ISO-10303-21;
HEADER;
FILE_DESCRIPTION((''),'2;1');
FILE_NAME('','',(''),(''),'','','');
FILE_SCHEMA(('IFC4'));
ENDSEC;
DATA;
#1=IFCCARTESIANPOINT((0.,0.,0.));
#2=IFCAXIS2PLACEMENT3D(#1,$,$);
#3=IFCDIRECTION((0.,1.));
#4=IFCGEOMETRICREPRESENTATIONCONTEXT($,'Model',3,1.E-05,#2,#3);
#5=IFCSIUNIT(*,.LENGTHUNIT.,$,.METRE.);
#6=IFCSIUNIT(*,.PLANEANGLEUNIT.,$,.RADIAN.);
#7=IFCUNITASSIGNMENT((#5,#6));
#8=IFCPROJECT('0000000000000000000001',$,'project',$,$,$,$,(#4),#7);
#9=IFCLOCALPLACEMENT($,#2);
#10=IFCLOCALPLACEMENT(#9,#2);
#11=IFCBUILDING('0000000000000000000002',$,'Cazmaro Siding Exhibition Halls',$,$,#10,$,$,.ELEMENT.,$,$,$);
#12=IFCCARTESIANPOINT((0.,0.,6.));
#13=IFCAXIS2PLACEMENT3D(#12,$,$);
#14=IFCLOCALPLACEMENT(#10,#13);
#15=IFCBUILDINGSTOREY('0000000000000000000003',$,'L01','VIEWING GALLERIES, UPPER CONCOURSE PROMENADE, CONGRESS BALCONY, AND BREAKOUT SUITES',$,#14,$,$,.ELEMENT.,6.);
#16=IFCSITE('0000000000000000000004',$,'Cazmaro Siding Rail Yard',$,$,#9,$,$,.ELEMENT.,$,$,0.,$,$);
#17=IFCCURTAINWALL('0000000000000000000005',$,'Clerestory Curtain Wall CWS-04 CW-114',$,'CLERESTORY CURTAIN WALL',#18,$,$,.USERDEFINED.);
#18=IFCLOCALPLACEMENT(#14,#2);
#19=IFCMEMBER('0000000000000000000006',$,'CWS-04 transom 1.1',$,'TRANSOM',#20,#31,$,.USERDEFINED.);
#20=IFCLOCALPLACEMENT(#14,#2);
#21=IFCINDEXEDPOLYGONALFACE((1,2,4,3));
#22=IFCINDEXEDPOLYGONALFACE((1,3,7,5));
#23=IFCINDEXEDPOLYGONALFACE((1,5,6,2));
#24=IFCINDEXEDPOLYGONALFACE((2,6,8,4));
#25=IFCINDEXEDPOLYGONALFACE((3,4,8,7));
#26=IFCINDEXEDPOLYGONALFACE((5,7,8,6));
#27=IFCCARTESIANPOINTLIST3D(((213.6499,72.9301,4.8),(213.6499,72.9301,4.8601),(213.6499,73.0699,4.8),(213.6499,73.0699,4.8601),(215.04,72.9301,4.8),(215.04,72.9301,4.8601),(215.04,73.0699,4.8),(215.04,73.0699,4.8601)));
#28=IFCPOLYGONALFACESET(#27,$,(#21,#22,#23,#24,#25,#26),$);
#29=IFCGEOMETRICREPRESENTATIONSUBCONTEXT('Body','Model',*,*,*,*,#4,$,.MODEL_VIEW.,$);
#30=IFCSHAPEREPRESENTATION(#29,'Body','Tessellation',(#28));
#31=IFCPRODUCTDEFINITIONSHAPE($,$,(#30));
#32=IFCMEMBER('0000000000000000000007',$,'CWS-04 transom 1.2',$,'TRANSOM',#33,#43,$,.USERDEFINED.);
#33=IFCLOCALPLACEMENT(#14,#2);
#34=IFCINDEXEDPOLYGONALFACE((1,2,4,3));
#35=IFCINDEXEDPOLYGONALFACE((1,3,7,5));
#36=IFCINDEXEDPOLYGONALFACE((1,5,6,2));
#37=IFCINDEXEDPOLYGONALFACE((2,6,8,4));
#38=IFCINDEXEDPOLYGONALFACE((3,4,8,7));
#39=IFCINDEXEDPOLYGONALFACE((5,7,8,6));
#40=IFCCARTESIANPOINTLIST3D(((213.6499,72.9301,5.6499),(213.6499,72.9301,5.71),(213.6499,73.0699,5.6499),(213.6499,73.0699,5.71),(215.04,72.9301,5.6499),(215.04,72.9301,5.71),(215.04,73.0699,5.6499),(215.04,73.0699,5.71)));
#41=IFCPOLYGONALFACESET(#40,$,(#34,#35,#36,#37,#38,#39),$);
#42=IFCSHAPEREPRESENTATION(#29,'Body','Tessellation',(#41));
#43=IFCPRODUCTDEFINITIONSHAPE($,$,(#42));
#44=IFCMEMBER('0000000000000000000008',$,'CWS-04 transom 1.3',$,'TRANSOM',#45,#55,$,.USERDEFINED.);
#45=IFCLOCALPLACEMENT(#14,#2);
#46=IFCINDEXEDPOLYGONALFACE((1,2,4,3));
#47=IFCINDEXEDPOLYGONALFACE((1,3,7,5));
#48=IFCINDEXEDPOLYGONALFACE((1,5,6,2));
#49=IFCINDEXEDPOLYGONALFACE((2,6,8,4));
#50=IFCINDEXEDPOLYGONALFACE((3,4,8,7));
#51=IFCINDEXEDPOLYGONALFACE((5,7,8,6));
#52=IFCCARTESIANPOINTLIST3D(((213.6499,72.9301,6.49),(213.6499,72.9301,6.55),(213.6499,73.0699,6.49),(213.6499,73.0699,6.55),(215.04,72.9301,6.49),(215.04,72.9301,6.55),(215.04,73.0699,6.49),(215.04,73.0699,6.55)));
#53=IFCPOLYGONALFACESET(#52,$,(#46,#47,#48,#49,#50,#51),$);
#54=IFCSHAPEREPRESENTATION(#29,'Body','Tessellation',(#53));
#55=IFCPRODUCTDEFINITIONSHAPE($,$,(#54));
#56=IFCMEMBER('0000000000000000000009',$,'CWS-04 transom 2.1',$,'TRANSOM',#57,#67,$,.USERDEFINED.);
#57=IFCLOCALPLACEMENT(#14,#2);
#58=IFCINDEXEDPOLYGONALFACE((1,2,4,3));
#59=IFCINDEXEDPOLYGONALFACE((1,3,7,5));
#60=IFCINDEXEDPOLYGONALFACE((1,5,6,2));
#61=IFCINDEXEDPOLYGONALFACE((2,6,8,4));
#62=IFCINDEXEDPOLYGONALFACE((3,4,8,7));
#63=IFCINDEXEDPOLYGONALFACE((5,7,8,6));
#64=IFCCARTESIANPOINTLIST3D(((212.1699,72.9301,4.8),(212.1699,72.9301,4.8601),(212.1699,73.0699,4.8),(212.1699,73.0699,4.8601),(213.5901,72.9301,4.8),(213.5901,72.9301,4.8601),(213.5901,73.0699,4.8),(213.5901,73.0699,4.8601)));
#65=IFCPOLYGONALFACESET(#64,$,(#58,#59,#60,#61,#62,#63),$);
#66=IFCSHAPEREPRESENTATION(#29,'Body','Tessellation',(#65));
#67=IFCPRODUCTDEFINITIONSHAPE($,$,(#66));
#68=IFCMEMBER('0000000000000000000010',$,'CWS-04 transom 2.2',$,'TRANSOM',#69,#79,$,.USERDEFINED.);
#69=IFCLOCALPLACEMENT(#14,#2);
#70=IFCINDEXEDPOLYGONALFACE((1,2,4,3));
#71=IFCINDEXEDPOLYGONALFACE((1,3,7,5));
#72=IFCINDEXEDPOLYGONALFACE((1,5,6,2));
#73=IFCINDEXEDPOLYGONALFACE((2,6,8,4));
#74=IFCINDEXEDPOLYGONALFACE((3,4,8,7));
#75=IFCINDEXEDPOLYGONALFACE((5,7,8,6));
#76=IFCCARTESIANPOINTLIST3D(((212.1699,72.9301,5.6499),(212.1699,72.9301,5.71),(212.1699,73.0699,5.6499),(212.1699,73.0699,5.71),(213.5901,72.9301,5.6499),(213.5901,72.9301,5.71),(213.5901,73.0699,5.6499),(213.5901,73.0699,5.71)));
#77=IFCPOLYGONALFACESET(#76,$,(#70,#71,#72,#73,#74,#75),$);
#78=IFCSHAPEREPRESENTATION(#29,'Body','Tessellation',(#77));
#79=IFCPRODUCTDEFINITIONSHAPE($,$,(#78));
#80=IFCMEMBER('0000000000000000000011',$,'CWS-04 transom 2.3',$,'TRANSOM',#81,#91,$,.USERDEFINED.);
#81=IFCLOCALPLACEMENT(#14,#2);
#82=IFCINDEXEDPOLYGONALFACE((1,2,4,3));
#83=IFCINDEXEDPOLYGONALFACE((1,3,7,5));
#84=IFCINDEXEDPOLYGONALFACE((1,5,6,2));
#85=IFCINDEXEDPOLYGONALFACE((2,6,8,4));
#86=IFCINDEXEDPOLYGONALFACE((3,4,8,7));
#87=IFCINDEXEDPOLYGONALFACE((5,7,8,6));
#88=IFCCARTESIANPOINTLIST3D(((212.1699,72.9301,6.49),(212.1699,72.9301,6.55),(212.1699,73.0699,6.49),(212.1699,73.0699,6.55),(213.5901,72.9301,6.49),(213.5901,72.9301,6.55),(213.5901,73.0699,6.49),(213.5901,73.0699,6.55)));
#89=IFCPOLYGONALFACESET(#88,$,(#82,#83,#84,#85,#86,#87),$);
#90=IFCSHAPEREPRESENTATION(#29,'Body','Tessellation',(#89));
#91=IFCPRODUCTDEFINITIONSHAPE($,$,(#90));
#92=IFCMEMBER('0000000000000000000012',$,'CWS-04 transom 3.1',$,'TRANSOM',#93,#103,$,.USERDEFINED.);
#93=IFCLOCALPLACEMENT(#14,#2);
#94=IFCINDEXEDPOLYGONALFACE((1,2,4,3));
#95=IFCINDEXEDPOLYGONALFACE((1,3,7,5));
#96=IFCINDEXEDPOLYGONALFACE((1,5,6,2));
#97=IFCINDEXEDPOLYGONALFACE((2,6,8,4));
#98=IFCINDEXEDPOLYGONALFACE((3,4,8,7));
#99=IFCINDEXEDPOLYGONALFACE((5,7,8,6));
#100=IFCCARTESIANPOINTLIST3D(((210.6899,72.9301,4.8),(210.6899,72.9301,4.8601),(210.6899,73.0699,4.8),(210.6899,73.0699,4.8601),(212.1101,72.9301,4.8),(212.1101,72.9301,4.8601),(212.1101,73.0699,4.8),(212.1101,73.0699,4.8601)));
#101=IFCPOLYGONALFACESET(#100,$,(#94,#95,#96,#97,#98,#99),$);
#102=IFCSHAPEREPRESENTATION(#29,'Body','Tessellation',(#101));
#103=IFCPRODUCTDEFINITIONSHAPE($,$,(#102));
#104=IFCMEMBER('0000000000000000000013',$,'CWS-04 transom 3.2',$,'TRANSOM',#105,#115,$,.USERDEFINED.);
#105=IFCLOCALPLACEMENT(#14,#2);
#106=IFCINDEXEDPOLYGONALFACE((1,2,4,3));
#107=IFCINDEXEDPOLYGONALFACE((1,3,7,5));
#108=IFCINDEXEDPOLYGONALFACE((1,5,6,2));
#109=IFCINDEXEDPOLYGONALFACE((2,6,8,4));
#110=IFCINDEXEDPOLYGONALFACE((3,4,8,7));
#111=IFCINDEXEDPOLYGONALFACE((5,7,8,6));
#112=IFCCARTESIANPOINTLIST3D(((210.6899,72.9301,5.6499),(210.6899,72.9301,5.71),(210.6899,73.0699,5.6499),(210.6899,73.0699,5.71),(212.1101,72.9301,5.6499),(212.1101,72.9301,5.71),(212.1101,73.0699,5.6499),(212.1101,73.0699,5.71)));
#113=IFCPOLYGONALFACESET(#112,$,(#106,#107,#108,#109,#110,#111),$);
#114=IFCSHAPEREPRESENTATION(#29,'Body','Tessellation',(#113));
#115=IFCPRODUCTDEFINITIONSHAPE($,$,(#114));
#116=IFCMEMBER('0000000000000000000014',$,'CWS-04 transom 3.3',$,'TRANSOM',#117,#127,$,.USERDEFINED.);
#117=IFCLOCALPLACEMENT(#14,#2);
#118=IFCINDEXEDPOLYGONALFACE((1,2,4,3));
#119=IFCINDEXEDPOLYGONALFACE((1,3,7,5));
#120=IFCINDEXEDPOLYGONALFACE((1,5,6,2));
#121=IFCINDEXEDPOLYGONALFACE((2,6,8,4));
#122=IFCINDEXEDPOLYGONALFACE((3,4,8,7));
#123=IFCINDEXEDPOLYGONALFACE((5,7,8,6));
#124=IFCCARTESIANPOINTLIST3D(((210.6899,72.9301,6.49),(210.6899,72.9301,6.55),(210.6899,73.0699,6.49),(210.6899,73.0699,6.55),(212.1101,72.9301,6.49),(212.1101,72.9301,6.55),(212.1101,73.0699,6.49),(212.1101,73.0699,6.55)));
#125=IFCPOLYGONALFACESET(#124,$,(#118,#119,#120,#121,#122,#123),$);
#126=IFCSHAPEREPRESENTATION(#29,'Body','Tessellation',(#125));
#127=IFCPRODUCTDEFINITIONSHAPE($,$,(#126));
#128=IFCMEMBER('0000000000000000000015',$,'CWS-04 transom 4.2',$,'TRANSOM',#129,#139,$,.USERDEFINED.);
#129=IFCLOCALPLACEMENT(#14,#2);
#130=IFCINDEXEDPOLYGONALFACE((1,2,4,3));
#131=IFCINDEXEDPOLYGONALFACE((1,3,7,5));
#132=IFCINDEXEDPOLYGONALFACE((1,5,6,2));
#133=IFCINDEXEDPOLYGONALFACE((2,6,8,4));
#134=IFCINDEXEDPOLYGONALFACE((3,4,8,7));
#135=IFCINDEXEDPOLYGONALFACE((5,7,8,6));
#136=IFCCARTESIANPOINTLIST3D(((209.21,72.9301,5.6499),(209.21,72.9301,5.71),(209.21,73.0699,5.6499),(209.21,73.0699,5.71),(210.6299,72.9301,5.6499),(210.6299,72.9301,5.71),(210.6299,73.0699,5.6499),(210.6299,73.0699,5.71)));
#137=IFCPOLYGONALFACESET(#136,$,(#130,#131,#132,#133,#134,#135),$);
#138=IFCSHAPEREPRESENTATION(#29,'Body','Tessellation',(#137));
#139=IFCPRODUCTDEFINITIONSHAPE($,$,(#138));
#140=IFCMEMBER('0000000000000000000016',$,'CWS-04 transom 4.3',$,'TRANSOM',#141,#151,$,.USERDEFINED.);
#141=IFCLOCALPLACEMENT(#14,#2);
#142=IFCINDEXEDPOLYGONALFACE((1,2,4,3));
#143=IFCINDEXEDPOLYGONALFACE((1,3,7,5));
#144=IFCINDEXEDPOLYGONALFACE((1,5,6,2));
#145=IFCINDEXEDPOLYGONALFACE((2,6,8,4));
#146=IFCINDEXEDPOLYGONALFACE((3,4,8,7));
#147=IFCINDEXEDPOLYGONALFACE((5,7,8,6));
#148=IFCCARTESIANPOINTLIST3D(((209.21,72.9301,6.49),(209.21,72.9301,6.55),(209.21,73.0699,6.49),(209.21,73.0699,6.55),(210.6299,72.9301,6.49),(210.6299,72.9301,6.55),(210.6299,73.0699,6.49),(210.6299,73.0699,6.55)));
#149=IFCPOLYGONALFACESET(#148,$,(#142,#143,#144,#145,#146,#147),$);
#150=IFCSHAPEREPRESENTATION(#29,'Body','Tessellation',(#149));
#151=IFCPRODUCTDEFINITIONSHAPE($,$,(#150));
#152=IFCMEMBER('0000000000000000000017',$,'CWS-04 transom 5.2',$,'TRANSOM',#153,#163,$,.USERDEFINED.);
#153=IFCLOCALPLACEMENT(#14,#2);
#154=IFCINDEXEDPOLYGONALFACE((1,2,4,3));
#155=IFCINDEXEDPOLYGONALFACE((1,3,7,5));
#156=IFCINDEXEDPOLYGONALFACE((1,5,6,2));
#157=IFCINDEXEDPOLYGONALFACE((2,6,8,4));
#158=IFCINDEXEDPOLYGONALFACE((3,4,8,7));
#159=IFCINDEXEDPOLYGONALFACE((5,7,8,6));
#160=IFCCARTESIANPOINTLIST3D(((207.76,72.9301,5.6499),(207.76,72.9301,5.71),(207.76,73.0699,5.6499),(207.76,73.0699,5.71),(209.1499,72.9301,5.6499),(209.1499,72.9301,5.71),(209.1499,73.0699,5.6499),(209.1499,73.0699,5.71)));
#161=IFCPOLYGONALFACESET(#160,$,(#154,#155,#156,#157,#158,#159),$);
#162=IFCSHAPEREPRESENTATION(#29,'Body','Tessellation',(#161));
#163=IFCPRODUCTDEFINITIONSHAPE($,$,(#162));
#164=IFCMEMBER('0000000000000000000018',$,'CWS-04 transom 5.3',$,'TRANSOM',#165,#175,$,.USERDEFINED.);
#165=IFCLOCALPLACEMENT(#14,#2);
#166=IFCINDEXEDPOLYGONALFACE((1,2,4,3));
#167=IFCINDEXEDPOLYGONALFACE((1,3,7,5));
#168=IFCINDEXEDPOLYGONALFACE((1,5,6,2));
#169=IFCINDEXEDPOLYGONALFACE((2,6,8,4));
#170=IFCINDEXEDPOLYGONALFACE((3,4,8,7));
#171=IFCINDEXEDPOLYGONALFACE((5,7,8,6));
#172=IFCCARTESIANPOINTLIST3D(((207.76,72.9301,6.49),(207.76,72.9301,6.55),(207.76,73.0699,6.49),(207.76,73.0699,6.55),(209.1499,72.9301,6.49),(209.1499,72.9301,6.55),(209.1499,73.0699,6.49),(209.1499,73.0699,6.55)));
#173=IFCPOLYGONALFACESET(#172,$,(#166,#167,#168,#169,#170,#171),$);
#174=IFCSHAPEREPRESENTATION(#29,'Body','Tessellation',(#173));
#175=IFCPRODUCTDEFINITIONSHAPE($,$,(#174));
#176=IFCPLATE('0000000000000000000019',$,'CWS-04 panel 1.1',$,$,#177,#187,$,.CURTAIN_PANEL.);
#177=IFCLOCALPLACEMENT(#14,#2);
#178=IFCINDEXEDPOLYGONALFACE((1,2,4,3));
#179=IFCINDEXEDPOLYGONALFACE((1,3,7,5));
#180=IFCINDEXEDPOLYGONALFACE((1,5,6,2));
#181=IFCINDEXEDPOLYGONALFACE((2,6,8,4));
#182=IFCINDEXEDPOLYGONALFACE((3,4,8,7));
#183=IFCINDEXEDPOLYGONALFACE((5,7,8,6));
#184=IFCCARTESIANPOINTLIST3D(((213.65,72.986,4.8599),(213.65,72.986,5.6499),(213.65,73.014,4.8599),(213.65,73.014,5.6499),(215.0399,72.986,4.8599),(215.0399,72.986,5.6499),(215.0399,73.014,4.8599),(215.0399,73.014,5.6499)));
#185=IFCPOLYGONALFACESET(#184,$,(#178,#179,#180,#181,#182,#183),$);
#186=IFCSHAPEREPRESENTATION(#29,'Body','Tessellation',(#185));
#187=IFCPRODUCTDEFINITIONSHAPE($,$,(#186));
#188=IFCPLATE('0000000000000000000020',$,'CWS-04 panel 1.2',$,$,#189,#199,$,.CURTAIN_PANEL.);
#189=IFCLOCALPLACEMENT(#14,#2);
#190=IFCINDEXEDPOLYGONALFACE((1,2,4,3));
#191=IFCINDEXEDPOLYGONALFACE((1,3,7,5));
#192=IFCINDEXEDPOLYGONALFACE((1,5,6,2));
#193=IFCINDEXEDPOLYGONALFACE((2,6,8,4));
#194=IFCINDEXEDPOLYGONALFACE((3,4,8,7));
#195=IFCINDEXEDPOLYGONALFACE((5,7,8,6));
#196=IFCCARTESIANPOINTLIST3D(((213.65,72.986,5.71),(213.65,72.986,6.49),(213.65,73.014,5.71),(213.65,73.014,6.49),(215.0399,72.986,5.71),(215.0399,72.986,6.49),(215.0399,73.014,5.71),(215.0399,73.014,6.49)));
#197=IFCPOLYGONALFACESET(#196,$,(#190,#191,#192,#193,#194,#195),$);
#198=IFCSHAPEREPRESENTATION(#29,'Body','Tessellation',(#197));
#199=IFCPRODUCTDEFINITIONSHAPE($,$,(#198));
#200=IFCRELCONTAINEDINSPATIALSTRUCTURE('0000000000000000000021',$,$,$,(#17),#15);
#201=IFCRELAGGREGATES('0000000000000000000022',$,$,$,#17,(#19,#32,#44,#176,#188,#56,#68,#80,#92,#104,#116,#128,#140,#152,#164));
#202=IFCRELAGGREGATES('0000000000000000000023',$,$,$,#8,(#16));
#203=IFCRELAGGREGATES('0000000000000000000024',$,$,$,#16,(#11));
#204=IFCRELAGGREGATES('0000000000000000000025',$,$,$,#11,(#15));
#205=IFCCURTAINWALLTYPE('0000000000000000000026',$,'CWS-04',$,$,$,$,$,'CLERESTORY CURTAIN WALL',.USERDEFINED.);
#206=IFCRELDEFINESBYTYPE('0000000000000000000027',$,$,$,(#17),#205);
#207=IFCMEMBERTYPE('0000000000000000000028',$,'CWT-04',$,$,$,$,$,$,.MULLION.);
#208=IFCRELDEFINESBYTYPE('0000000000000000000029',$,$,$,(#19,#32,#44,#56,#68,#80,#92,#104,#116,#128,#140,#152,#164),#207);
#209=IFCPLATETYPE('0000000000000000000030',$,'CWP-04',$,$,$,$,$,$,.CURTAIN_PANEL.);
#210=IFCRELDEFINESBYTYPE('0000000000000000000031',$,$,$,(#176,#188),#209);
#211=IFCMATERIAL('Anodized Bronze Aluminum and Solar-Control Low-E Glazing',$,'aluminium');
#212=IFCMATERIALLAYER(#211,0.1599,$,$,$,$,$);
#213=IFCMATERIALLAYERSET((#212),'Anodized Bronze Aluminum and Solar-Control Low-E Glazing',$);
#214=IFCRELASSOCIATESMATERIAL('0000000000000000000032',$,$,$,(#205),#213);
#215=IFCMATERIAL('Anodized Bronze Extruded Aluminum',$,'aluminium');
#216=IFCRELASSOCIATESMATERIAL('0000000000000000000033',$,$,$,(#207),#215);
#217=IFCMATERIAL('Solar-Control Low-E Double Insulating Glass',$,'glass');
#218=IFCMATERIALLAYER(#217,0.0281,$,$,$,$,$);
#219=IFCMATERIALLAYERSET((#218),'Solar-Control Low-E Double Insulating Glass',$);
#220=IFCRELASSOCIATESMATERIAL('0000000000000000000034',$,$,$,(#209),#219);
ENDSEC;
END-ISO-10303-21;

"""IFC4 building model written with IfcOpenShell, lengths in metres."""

from ifc_helpers import new_model, si_unit, direction, frame, origin, origin_2d, place, context, subcontext, project, spatial, rectangle, extrude, material, layer, layer_set, material_profile, profile_set, type_object, element, aggregate, save


model = new_model("IFC4")

# Units and contexts
model_context = context("Model", 3, precision=1e-05, world=origin(), true_north=direction((0.0, 1.0)))
body_context = subcontext(model_context, "Body", "Model", "MODEL_VIEW")
ifc_project = project(units=[si_unit("LENGTHUNIT", "METRE"), si_unit("PLANEANGLEUNIT", "RADIAN")], contexts=[model_context])

# Site, building, storey
site_placement = place(None, origin())
site = spatial("IfcSite", under=ifc_project, at=site_placement, Name="Cazmaro Siding Rail Yard", CompositionType="ELEMENT", RefElevation=0.0)
building_placement = place(site_placement, origin())
building = spatial("IfcBuilding", under=site, at=building_placement, Name="Cazmaro Siding Exhibition Halls", CompositionType="ELEMENT")
storey_placement = place(building_placement, frame((0.0, 0.0, 6.0)))
storey = spatial("IfcBuildingStorey", under=building, at=storey_placement, Name="L01", Description="VIEWING GALLERIES, UPPER CONCOURSE PROMENADE, CONGRESS BALCONY, AND BREAKOUT SUITES", CompositionType="ELEMENT", Elevation=6.0)

# Curtain wall, members, plates
ifc_material_1 = material(Name="Anodized Bronze Aluminum and Solar-Control Low-E Glazing", Category="aluminium")
ifc_layer_1 = layer(ifc_material_1, 0.1599)
ifc_layer_set_1 = layer_set([ifc_layer_1], Name="Anodized Bronze Aluminum and Solar-Control Low-E Glazing")
curtain_wall_type = type_object("IfcCurtainWallType", Name="CWS-04", ElementType="CLERESTORY CURTAIN WALL", PredefinedType="USERDEFINED", material=ifc_layer_set_1)
curtain_wall_placement = place(storey_placement, origin())
curtain_wall = element("IfcCurtainWall", 1, at=curtain_wall_placement, inside=storey, type_object=curtain_wall_type, Name="Clerestory Curtain Wall CWS-04 CW-114", ObjectType="CLERESTORY CURTAIN WALL", PredefinedType="USERDEFINED")
ifc_material_2 = material(Name="Anodized Bronze Extruded Aluminum", Category="aluminium")
ifc_material_profile = material_profile(ifc_material_2, rectangle(XDim=0.1399, YDim=0.0601, at=origin_2d()), Name="CWT-04")
ifc_profile_set = profile_set([ifc_material_profile], Name="Anodized Bronze Extruded Aluminum")
member_type = type_object("IfcMemberType", Name="CWT-04", PredefinedType="MULLION", material=ifc_profile_set)
member_1_placement = place(storey_placement, frame((215.04, 73.0, 4.8301), z_axis=(-1.0, 0.0, 0.0), x_axis=(0.0, -1.0, 0.0)))
member_1 = element("IfcMember", 2, at=member_1_placement, type_object=member_type, Name="CWS-04 transom 1.1", ObjectType="TRANSOM", PredefinedType="USERDEFINED", context=body_context, shape_type="SweptSolid", body=[
    extrude(rectangle(XDim=0.1399, YDim=0.0601, at=origin_2d()), origin(), (0.0, 0.0, 1.0), 1.3901),
])
member_2_placement = place(storey_placement, frame((215.04, 73.0, 5.6799), z_axis=(-1.0, 0.0, 0.0), x_axis=(0.0, -1.0, 0.0)))
member_2 = element("IfcMember", 3, at=member_2_placement, type_object=member_type, Name="CWS-04 transom 1.2", ObjectType="TRANSOM", PredefinedType="USERDEFINED", context=body_context, shape_type="SweptSolid", body=[
    extrude(rectangle(XDim=0.1399, YDim=0.0601, at=origin_2d()), origin(), (0.0, 0.0, 1.0), 1.3901),
])
member_3_placement = place(storey_placement, frame((215.04, 73.0, 6.52), z_axis=(-1.0, 0.0, 0.0), x_axis=(0.0, -1.0, 0.0)))
member_3 = element("IfcMember", 4, at=member_3_placement, type_object=member_type, Name="CWS-04 transom 1.3", ObjectType="TRANSOM", PredefinedType="USERDEFINED", context=body_context, shape_type="SweptSolid", body=[
    extrude(rectangle(XDim=0.1399, YDim=0.0601, at=origin_2d()), origin(), (0.0, 0.0, 1.0), 1.3901),
])
member_4_placement = place(storey_placement, frame((213.5901, 73.0, 4.8301), z_axis=(-1.0, 0.0, 0.0), x_axis=(0.0, -1.0, 0.0)))
member_4 = element("IfcMember", 5, at=member_4_placement, type_object=member_type, Name="CWS-04 transom 2.1", ObjectType="TRANSOM", PredefinedType="USERDEFINED", context=body_context, shape_type="SweptSolid", body=[
    extrude(rectangle(XDim=0.1399, YDim=0.0601, at=origin_2d()), origin(), (0.0, 0.0, 1.0), 1.4202),
])
member_5_placement = place(storey_placement, frame((213.5901, 73.0, 5.6799), z_axis=(-1.0, 0.0, 0.0), x_axis=(0.0, -1.0, 0.0)))
member_5 = element("IfcMember", 6, at=member_5_placement, type_object=member_type, Name="CWS-04 transom 2.2", ObjectType="TRANSOM", PredefinedType="USERDEFINED", context=body_context, shape_type="SweptSolid", body=[
    extrude(rectangle(XDim=0.1399, YDim=0.0601, at=origin_2d()), origin(), (0.0, 0.0, 1.0), 1.4202),
])
member_6_placement = place(storey_placement, frame((213.5901, 73.0, 6.52), z_axis=(-1.0, 0.0, 0.0), x_axis=(0.0, -1.0, 0.0)))
member_6 = element("IfcMember", 7, at=member_6_placement, type_object=member_type, Name="CWS-04 transom 2.3", ObjectType="TRANSOM", PredefinedType="USERDEFINED", context=body_context, shape_type="SweptSolid", body=[
    extrude(rectangle(XDim=0.1399, YDim=0.0601, at=origin_2d()), origin(), (0.0, 0.0, 1.0), 1.4202),
])
member_7_placement = place(storey_placement, frame((212.1101, 73.0, 4.8301), z_axis=(-1.0, 0.0, 0.0), x_axis=(0.0, -1.0, 0.0)))
member_7 = element("IfcMember", 8, at=member_7_placement, type_object=member_type, Name="CWS-04 transom 3.1", ObjectType="TRANSOM", PredefinedType="USERDEFINED", context=body_context, shape_type="SweptSolid", body=[
    extrude(rectangle(XDim=0.1399, YDim=0.0601, at=origin_2d()), origin(), (0.0, 0.0, 1.0), 1.4202),
])
member_8_placement = place(storey_placement, frame((212.1101, 73.0, 5.6799), z_axis=(-1.0, 0.0, 0.0), x_axis=(0.0, -1.0, 0.0)))
member_8 = element("IfcMember", 9, at=member_8_placement, type_object=member_type, Name="CWS-04 transom 3.2", ObjectType="TRANSOM", PredefinedType="USERDEFINED", context=body_context, shape_type="SweptSolid", body=[
    extrude(rectangle(XDim=0.1399, YDim=0.0601, at=origin_2d()), origin(), (0.0, 0.0, 1.0), 1.4202),
])
member_9_placement = place(storey_placement, frame((212.1101, 73.0, 6.52), z_axis=(-1.0, 0.0, 0.0), x_axis=(0.0, -1.0, 0.0)))
member_9 = element("IfcMember", 10, at=member_9_placement, type_object=member_type, Name="CWS-04 transom 3.3", ObjectType="TRANSOM", PredefinedType="USERDEFINED", context=body_context, shape_type="SweptSolid", body=[
    extrude(rectangle(XDim=0.1399, YDim=0.0601, at=origin_2d()), origin(), (0.0, 0.0, 1.0), 1.4202),
])
member_10_placement = place(storey_placement, frame((210.6299, 73.0, 5.6799), z_axis=(-1.0, 0.0, 0.0), x_axis=(0.0, -1.0, 0.0)))
member_10 = element("IfcMember", 11, at=member_10_placement, type_object=member_type, Name="CWS-04 transom 4.2", ObjectType="TRANSOM", PredefinedType="USERDEFINED", context=body_context, shape_type="SweptSolid", body=[
    extrude(rectangle(XDim=0.1399, YDim=0.0601, at=origin_2d()), origin(), (0.0, 0.0, 1.0), 1.4199),
])
member_11_placement = place(storey_placement, frame((210.6299, 73.0, 6.52), z_axis=(-1.0, 0.0, 0.0), x_axis=(0.0, -1.0, 0.0)))
member_11 = element("IfcMember", 12, at=member_11_placement, type_object=member_type, Name="CWS-04 transom 4.3", ObjectType="TRANSOM", PredefinedType="USERDEFINED", context=body_context, shape_type="SweptSolid", body=[
    extrude(rectangle(XDim=0.1399, YDim=0.0601, at=origin_2d()), origin(), (0.0, 0.0, 1.0), 1.4199),
])
member_12_placement = place(storey_placement, frame((209.1499, 73.0, 5.6799), z_axis=(-1.0, 0.0, 0.0), x_axis=(0.0, -1.0, 0.0)))
member_12 = element("IfcMember", 13, at=member_12_placement, type_object=member_type, Name="CWS-04 transom 5.2", ObjectType="TRANSOM", PredefinedType="USERDEFINED", context=body_context, shape_type="SweptSolid", body=[
    extrude(rectangle(XDim=0.1399, YDim=0.0601, at=origin_2d()), origin(), (0.0, 0.0, 1.0), 1.3899),
])
member_13_placement = place(storey_placement, frame((209.1499, 73.0, 6.52), z_axis=(-1.0, 0.0, 0.0), x_axis=(0.0, -1.0, 0.0)))
member_13 = element("IfcMember", 14, at=member_13_placement, type_object=member_type, Name="CWS-04 transom 5.3", ObjectType="TRANSOM", PredefinedType="USERDEFINED", context=body_context, shape_type="SweptSolid", body=[
    extrude(rectangle(XDim=0.1399, YDim=0.0601, at=origin_2d()), origin(), (0.0, 0.0, 1.0), 1.3899),
])
ifc_material_3 = material(Name="Solar-Control Low-E Double Insulating Glass", Category="glass")
ifc_layer_2 = layer(ifc_material_3, 0.0281)
ifc_layer_set_2 = layer_set([ifc_layer_2], Name="Solar-Control Low-E Double Insulating Glass")
plate_type = type_object("IfcPlateType", Name="CWP-04", PredefinedType="CURTAIN_PANEL", material=ifc_layer_set_2)
plate_1_placement = place(storey_placement, frame((214.345, 73.0, 4.8599), z_axis=(0.0, 0.0, 1.0), x_axis=(-1.0, 0.0, 0.0)))
plate_1 = element("IfcPlate", 15, at=plate_1_placement, type_object=plate_type, Name="CWS-04 panel 1.1", PredefinedType="CURTAIN_PANEL", context=body_context, shape_type="SweptSolid", body=[
    extrude(rectangle(XDim=1.3899, YDim=0.0281, at=origin_2d()), origin(), (0.0, 0.0, 1.0), 0.79),
])
plate_2_placement = place(storey_placement, frame((214.345, 73.0, 5.71), z_axis=(0.0, 0.0, 1.0), x_axis=(-1.0, 0.0, 0.0)))
plate_2 = element("IfcPlate", 16, at=plate_2_placement, type_object=plate_type, Name="CWS-04 panel 1.2", PredefinedType="CURTAIN_PANEL", context=body_context, shape_type="SweptSolid", body=[
    extrude(rectangle(XDim=1.3899, YDim=0.0281, at=origin_2d()), origin(), (0.0, 0.0, 1.0), 0.78),
])
aggregate(curtain_wall, [member_1, member_2, member_3, plate_1, plate_2, member_4, member_5, member_6, member_7, member_8, member_9, member_10, member_11, member_12, member_13])

save(model, "model.ifc")
